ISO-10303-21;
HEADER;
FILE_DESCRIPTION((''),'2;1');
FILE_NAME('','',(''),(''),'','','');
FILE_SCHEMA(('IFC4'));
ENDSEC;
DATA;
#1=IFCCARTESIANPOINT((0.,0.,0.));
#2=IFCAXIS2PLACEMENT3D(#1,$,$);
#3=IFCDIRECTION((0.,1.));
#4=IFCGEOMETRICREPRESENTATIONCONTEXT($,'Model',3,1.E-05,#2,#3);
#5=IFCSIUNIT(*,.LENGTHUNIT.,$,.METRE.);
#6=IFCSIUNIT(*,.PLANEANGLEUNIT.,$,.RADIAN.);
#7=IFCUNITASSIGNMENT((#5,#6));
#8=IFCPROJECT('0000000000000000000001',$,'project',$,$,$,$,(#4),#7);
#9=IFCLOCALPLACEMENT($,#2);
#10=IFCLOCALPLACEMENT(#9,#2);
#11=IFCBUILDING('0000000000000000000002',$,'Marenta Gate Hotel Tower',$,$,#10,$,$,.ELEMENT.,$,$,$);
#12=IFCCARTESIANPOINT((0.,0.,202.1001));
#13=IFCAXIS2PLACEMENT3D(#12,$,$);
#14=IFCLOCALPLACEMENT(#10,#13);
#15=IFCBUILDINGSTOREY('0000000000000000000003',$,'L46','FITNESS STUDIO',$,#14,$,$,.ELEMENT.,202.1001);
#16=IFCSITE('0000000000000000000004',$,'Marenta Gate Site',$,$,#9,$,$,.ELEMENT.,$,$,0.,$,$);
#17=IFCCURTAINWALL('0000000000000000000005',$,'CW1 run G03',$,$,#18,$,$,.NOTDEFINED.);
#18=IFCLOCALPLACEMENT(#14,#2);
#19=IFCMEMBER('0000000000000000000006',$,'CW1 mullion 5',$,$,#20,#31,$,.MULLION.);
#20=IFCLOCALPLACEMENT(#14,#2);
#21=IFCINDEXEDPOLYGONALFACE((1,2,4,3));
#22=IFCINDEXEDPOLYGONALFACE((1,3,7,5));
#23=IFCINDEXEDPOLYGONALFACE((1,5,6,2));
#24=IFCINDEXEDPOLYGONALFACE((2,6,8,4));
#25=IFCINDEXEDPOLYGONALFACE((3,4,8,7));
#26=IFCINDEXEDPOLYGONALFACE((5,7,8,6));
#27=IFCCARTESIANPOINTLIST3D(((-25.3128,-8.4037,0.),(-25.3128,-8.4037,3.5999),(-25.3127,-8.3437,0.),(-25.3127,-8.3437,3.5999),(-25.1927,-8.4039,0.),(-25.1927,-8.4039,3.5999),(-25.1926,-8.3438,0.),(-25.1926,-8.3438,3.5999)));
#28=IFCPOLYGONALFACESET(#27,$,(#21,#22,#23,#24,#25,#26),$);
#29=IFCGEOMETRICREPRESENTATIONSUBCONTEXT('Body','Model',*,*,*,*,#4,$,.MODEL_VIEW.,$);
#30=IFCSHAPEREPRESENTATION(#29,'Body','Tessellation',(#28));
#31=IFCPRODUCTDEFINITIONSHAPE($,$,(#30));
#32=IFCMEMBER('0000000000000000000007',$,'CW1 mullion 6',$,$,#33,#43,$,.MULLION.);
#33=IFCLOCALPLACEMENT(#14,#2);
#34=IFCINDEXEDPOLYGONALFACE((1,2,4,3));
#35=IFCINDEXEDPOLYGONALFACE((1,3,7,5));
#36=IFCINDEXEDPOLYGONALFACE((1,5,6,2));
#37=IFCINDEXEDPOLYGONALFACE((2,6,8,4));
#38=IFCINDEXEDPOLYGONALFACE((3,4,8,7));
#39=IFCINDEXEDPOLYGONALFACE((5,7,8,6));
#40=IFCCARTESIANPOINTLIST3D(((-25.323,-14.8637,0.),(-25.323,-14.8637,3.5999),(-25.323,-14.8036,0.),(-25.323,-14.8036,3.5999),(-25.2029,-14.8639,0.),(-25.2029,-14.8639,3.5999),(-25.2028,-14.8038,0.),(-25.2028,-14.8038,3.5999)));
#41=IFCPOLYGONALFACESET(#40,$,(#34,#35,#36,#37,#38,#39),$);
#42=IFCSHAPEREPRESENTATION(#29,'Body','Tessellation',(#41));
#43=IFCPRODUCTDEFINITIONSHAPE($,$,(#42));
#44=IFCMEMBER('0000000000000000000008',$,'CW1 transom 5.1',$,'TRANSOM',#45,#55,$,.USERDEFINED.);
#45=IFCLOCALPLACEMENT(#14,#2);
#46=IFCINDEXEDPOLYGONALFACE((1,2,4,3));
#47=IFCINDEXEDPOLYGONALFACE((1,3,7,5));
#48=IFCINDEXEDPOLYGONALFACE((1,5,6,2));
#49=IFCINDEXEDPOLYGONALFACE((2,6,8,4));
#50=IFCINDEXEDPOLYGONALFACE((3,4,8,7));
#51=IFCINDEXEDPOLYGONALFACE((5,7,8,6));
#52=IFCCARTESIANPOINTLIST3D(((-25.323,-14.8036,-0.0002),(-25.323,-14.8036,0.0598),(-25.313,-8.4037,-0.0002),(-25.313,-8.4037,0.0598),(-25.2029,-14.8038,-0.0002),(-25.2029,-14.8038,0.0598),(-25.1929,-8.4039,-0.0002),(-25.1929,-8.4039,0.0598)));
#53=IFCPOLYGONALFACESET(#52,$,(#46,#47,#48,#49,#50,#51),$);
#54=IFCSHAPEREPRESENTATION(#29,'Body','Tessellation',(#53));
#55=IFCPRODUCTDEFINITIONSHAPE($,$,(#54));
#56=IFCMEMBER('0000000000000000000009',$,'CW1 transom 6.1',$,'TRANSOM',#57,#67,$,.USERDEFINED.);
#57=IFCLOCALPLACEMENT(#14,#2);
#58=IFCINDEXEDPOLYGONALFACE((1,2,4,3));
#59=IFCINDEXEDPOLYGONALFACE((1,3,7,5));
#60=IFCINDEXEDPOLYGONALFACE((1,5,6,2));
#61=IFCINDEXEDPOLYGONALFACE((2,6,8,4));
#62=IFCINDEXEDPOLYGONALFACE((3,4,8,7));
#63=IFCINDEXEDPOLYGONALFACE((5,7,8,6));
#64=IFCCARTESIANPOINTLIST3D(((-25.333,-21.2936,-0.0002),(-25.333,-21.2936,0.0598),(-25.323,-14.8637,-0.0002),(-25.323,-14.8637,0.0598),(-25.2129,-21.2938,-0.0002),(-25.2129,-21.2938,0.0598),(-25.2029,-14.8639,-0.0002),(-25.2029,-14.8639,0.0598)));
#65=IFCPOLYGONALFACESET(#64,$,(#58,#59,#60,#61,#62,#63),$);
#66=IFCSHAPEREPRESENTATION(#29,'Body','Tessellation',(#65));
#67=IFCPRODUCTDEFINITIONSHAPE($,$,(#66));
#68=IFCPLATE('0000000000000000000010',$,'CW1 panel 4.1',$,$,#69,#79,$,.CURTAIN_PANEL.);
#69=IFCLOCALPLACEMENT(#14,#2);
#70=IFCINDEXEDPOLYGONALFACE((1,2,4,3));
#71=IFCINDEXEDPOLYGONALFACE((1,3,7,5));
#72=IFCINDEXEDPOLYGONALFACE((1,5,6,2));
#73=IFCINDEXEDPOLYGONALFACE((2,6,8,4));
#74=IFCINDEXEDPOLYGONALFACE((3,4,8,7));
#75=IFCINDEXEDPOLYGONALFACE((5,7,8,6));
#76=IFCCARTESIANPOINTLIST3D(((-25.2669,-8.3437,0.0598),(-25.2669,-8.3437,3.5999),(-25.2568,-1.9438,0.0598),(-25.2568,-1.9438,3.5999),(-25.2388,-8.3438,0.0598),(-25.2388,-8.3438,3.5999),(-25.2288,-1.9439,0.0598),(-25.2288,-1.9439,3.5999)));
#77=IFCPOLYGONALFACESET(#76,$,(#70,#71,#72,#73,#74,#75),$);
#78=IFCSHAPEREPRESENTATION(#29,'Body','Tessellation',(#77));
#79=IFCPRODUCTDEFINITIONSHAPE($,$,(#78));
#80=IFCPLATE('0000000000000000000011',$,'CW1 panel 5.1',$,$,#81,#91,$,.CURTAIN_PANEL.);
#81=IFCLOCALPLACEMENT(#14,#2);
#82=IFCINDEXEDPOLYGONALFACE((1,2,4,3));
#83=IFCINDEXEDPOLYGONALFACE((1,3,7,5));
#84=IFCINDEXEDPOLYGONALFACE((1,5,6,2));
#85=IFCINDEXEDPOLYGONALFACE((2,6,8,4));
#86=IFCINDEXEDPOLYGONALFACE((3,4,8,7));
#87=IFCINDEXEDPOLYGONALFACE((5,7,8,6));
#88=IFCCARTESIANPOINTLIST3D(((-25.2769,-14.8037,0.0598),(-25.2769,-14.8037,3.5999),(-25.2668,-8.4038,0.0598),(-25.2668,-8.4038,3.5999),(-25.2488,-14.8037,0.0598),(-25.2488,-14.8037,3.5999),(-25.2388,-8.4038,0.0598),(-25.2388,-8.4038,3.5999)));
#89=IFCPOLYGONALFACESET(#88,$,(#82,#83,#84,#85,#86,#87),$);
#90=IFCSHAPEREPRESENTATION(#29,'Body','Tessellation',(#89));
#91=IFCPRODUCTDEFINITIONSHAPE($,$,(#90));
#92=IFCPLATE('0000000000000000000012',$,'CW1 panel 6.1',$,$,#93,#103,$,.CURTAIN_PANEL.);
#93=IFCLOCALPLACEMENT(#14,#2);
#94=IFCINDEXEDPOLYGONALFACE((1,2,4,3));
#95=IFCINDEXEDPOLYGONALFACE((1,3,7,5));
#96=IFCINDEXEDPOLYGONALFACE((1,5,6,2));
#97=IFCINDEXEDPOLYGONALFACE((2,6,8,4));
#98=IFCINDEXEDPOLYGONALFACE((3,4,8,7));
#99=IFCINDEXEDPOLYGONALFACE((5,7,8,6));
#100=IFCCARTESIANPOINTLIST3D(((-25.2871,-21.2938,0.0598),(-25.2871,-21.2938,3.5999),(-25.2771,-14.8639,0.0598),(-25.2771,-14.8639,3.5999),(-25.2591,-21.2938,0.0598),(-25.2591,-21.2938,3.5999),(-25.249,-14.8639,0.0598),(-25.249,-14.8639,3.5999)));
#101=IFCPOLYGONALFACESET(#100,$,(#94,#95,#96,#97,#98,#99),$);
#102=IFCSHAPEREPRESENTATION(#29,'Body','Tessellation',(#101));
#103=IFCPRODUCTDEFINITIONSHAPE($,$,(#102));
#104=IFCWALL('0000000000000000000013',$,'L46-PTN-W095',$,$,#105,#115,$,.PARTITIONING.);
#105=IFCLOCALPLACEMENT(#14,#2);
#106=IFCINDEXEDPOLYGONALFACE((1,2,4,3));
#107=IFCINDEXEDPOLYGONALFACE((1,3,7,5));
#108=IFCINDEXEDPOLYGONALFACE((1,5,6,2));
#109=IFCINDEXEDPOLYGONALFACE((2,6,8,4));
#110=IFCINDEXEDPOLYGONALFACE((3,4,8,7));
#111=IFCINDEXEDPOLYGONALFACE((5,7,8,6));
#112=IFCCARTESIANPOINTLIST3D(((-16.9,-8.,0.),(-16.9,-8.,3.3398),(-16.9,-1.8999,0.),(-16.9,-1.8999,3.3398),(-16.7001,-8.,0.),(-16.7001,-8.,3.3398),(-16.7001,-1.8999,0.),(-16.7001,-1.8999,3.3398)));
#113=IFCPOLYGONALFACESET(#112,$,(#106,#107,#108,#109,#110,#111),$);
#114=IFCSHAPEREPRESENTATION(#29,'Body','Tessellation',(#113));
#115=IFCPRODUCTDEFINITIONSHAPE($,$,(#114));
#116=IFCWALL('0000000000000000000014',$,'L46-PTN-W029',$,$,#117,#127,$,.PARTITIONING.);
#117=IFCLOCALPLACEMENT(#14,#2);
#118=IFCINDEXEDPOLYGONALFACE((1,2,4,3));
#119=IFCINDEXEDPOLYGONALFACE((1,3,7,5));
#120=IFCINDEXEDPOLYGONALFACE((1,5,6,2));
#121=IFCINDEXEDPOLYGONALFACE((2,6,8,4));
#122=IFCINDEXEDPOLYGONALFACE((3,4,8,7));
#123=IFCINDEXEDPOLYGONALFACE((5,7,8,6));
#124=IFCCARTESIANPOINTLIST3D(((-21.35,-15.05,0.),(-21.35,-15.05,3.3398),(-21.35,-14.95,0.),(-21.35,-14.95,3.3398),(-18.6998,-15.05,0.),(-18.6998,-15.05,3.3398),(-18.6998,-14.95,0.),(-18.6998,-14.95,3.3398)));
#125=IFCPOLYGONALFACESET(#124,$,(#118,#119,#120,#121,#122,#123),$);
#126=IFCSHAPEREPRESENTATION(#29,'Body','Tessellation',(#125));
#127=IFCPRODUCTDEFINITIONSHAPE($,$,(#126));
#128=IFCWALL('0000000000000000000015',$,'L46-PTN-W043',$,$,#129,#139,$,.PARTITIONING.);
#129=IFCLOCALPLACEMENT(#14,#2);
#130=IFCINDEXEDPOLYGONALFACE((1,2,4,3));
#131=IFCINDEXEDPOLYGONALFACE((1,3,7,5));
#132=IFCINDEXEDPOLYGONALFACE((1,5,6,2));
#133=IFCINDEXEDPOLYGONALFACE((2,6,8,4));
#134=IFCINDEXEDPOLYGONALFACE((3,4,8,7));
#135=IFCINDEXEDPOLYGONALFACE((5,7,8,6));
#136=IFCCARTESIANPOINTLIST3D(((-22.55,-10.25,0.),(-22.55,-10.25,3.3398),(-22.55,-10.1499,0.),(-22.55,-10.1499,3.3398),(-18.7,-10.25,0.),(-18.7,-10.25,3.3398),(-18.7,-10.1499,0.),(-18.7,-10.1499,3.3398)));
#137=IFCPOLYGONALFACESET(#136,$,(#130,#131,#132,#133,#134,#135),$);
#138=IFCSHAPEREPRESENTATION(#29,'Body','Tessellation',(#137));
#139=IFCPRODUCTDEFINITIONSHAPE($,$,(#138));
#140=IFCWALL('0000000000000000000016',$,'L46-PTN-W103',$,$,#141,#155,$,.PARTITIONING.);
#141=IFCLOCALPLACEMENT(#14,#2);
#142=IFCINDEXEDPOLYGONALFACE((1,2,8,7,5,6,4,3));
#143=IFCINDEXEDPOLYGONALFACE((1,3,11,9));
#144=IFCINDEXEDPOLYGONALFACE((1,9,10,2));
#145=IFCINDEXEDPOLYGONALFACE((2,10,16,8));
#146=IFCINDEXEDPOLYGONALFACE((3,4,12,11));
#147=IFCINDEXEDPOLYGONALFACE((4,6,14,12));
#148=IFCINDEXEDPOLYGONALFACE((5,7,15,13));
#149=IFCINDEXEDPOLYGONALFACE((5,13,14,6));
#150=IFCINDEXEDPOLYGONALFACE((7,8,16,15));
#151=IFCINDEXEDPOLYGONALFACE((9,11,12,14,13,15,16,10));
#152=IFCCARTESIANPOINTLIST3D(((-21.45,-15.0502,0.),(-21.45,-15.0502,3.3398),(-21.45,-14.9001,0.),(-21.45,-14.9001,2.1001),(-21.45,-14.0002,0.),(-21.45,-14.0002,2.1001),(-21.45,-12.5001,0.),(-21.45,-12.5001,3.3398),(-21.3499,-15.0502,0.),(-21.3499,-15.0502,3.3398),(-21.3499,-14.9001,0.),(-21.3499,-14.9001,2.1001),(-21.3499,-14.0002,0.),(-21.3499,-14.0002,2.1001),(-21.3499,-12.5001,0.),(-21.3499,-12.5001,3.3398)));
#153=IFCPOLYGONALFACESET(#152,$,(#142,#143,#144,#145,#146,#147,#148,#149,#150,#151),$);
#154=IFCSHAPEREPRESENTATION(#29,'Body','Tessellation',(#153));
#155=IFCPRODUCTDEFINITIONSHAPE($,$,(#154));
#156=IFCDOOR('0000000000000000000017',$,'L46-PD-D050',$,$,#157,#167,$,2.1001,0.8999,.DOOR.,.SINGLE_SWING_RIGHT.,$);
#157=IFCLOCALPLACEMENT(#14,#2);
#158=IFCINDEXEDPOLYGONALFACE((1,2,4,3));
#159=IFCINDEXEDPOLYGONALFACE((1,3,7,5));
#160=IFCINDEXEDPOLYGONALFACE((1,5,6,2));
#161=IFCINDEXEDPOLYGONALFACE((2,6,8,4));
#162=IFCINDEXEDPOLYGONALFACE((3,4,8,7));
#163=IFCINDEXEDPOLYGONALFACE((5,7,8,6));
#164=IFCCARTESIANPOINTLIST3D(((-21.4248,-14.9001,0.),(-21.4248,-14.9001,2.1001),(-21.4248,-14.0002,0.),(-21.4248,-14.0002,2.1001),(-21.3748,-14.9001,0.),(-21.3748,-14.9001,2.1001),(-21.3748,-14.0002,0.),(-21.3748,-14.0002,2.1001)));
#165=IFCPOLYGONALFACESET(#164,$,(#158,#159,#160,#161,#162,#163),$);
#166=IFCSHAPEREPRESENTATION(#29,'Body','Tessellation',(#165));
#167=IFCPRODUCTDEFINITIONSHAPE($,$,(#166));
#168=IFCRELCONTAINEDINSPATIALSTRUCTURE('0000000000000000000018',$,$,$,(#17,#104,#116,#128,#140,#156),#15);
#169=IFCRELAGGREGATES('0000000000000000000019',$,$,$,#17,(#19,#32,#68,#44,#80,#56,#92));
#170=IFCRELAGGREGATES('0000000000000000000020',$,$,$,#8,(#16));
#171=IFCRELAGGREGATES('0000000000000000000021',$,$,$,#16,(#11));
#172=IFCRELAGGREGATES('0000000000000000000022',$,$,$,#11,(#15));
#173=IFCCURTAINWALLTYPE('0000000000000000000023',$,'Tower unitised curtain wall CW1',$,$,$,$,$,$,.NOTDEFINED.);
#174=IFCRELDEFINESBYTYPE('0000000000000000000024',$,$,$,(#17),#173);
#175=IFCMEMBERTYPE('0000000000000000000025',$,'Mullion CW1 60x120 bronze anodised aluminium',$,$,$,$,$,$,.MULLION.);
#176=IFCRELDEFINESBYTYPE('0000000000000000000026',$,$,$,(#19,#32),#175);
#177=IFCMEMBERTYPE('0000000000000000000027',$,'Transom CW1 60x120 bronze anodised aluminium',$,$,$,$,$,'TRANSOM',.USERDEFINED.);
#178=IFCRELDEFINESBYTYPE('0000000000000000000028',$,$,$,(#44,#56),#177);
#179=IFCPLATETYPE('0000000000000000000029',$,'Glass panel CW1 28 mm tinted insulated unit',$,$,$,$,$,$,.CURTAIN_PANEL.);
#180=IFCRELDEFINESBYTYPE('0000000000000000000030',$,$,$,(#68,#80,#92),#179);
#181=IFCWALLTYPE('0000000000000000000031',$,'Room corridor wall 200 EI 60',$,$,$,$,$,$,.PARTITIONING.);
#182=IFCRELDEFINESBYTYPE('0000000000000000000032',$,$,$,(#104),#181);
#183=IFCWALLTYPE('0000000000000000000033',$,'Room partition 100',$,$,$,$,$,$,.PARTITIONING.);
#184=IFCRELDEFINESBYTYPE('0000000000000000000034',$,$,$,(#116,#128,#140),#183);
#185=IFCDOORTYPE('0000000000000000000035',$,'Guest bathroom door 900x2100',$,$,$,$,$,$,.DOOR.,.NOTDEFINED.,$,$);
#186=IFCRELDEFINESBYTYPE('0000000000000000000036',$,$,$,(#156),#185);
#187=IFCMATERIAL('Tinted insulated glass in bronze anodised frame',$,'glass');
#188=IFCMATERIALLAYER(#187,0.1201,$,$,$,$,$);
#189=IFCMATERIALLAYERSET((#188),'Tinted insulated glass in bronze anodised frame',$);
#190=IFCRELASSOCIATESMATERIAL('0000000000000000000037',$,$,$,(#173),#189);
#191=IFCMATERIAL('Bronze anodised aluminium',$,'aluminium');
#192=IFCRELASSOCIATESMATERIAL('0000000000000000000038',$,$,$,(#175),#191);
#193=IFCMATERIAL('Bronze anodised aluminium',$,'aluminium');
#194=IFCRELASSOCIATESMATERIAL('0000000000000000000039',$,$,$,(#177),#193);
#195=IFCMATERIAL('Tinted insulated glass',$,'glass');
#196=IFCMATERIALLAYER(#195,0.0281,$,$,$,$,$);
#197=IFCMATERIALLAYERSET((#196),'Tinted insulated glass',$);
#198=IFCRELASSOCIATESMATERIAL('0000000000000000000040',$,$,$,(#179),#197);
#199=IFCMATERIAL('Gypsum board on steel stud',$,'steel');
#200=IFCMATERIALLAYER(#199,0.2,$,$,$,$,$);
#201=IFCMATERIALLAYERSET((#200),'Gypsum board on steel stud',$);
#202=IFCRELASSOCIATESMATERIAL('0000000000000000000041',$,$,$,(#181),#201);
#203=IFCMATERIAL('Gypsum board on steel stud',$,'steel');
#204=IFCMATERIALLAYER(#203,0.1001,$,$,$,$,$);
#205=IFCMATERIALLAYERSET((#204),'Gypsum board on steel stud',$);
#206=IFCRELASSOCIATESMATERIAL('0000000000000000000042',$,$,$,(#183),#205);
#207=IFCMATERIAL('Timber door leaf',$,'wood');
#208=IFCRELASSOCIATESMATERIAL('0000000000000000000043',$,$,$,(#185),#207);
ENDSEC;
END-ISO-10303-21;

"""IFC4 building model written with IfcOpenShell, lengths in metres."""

from ifc_helpers import new_model, si_unit, direction, frame, frame_2d, origin, origin_2d, place, context, subcontext, project, spatial, rectangle, extrude, material, layer, layer_set, material_profile, profile_set, type_object, element, fill, aggregate, save


model = new_model("IFC4")

# Units and contexts
model_context = context("Model", 3, precision=1e-05, world=origin(), true_north=direction((0.0, 1.0)))
body_context = subcontext(model_context, "Body", "Model", "MODEL_VIEW")
ifc_project = project(units=[si_unit("LENGTHUNIT", "METRE"), si_unit("PLANEANGLEUNIT", "RADIAN")], contexts=[model_context])

# Site, building, storey
site_placement = place(None, origin())
site = spatial("IfcSite", under=ifc_project, at=site_placement, Name="Marenta Gate Site", CompositionType="ELEMENT", RefElevation=0.0)
building_placement = place(site_placement, origin())
building = spatial("IfcBuilding", under=site, at=building_placement, Name="Marenta Gate Hotel Tower", CompositionType="ELEMENT")
storey_placement = place(building_placement, frame((0.0, 0.0, 202.1001)))
storey = spatial("IfcBuildingStorey", under=building, at=storey_placement, Name="L46", Description="FITNESS STUDIO", CompositionType="ELEMENT", Elevation=202.1001)

# Curtain wall, members, plates
ifc_material_1 = material(Name="Tinted insulated glass in bronze anodised frame", Category="glass")
ifc_layer_1 = layer(ifc_material_1, 0.1201)
ifc_layer_set_1 = layer_set([ifc_layer_1], Name="Tinted insulated glass in bronze anodised frame")
curtain_wall_type = type_object("IfcCurtainWallType", Name="Tower unitised curtain wall CW1", PredefinedType="NOTDEFINED", material=ifc_layer_set_1)
curtain_wall_placement = place(storey_placement, origin())
curtain_wall = element("IfcCurtainWall", 1, at=curtain_wall_placement, inside=storey, type_object=curtain_wall_type, Name="CW1 run G03", PredefinedType="NOTDEFINED")
ifc_material_2 = material(Name="Bronze anodised aluminium", Category="aluminium")
ifc_material_profile_1 = material_profile(ifc_material_2, rectangle(XDim=0.1201, YDim=0.0601, at=origin_2d()), Name="Mullion CW1 60x120 bronze anodised aluminium")
ifc_profile_set_1 = profile_set([ifc_material_profile_1], Name="Bronze anodised aluminium")
member_type_1 = type_object("IfcMemberType", Name="Mullion CW1 60x120 bronze anodised aluminium", PredefinedType="MULLION", material=ifc_profile_set_1)
member_1_placement = place(storey_placement, frame((-25.2527, -8.3738, 0.0), z_axis=(0.0, 0.0, 1.0), x_axis=(0.999999, -0.001566, 0.0)))
member_1 = element("IfcMember", 2, at=member_1_placement, type_object=member_type_1, Name="CW1 mullion 5", PredefinedType="MULLION", context=body_context, shape_type="SweptSolid", body=[
    extrude(rectangle(XDim=0.1201, YDim=0.0601, at=origin_2d()), origin(), (0.0, 0.0, 1.0), 3.5999),
])
member_2_placement = place(storey_placement, frame((-25.2629, -14.8337, 0.0), z_axis=(0.0, 0.0, 1.0), x_axis=(0.999999, -0.001566, 0.0)))
member_2 = element("IfcMember", 3, at=member_2_placement, type_object=member_type_1, Name="CW1 mullion 6", PredefinedType="MULLION", context=body_context, shape_type="SweptSolid", body=[
    extrude(rectangle(XDim=0.1201, YDim=0.0601, at=origin_2d()), origin(), (0.0, 0.0, 1.0), 3.5999),
])
ifc_material_3 = material(Name="Bronze anodised aluminium", Category="aluminium")
ifc_material_profile_2 = material_profile(ifc_material_3, rectangle(XDim=0.1201, YDim=0.0601, at=origin_2d()), Name="Transom CW1 60x120 bronze anodised aluminium")
ifc_profile_set_2 = profile_set([ifc_material_profile_2], Name="Bronze anodised aluminium")
member_type_2 = type_object("IfcMemberType", Name="Transom CW1 60x120 bronze anodised aluminium", ElementType="TRANSOM", PredefinedType="USERDEFINED", material=ifc_profile_set_2)
member_3_placement = place(storey_placement, frame((-25.2529, -8.4038, 0.0298), z_axis=(-0.001564, -0.999999, 0.0), x_axis=(0.999999, -0.001564, 0.0)))
member_3 = element("IfcMember", 4, at=member_3_placement, type_object=member_type_2, Name="CW1 transom 5.1", ObjectType="TRANSOM", PredefinedType="USERDEFINED", context=body_context, shape_type="SweptSolid", body=[
    extrude(rectangle(XDim=0.1201, YDim=0.0601, at=origin_2d()), origin(), (0.0, 0.0, 1.0), 6.3999),
])
member_4_placement = place(storey_placement, frame((-25.2629, -14.8638, 0.0298), z_axis=(-0.001557, -0.999999, 0.0), x_axis=(0.999999, -0.001557, 0.0)))
member_4 = element("IfcMember", 5, at=member_4_placement, type_object=member_type_2, Name="CW1 transom 6.1", ObjectType="TRANSOM", PredefinedType="USERDEFINED", context=body_context, shape_type="SweptSolid", body=[
    extrude(rectangle(XDim=0.1201, YDim=0.0601, at=origin_2d()), origin(), (0.0, 0.0, 1.0), 6.4299),
])
ifc_material_4 = material(Name="Tinted insulated glass", Category="glass")
ifc_layer_2 = layer(ifc_material_4, 0.0281)
ifc_layer_set_2 = layer_set([ifc_layer_2], Name="Tinted insulated glass")
plate_type = type_object("IfcPlateType", Name="Glass panel CW1 28 mm tinted insulated unit", PredefinedType="CURTAIN_PANEL", material=ifc_layer_set_2)
plate_1_placement = place(storey_placement, frame((-25.2478, -5.1438, 0.0598), z_axis=(0.0, 0.0, 1.0), x_axis=(-0.001566, -0.999999, 0.0)))
plate_1 = element("IfcPlate", 6, at=plate_1_placement, type_object=plate_type, Name="CW1 panel 4.1", PredefinedType="CURTAIN_PANEL", context=body_context, shape_type="SweptSolid", body=[
    extrude(rectangle(XDim=6.3999, YDim=0.0281, at=origin_2d()), origin(), (0.0, 0.0, 1.0), 3.54),
])
plate_2_placement = place(storey_placement, frame((-25.2578, -11.6038, 0.0598), z_axis=(0.0, 0.0, 1.0), x_axis=(-0.001566, -0.999999, 0.0)))
plate_2 = element("IfcPlate", 7, at=plate_2_placement, type_object=plate_type, Name="CW1 panel 5.1", PredefinedType="CURTAIN_PANEL", context=body_context, shape_type="SweptSolid", body=[
    extrude(rectangle(XDim=6.3999, YDim=0.0281, at=origin_2d()), origin(), (0.0, 0.0, 1.0), 3.54),
])
plate_3_placement = place(storey_placement, frame((-25.2681, -18.0789, 0.0598), z_axis=(0.0, 0.0, 1.0), x_axis=(-0.001566, -0.999999, 0.0)))
plate_3 = element("IfcPlate", 8, at=plate_3_placement, type_object=plate_type, Name="CW1 panel 6.1", PredefinedType="CURTAIN_PANEL", context=body_context, shape_type="SweptSolid", body=[
    extrude(rectangle(XDim=6.4299, YDim=0.0281, at=origin_2d()), origin(), (0.0, 0.0, 1.0), 3.54),
])
aggregate(curtain_wall, [member_1, member_2, plate_1, member_3, plate_2, member_4, plate_3])

# Walls
ifc_material_5 = material(Name="Gypsum board on steel stud", Category="steel")
ifc_layer_3 = layer(ifc_material_5, 0.2)
ifc_layer_set_3 = layer_set([ifc_layer_3], Name="Gypsum board on steel stud")
wall_type_1 = type_object("IfcWallType", Name="Room corridor wall 200 EI 60", PredefinedType="PARTITIONING", material=ifc_layer_set_3)
wall_1_placement = place(storey_placement, frame((-16.8, -8.0, 0.0), z_axis=(0.0, 0.0, 1.0), x_axis=(0.0, 1.0, 0.0)))
element("IfcWall", 9, at=wall_1_placement, inside=storey, type_object=wall_type_1, Name="L46-PTN-W095", PredefinedType="PARTITIONING", context=body_context, shape_type="SweptSolid", body=[
    extrude(rectangle(XDim=6.1001, YDim=0.2, at=frame_2d((3.05, 0.0))), origin(), (0.0, 0.0, 1.0), 3.3398),
])
ifc_material_6 = material(Name="Gypsum board on steel stud", Category="steel")
ifc_layer_4 = layer(ifc_material_6, 0.1001)
ifc_layer_set_4 = layer_set([ifc_layer_4], Name="Gypsum board on steel stud")
wall_type_2 = type_object("IfcWallType", Name="Room partition 100", PredefinedType="PARTITIONING", material=ifc_layer_set_4)
wall_2_placement = place(storey_placement, frame((-21.3501, -15.0, 0.0), z_axis=(0.0, 0.0, 1.0), x_axis=(1.0, 0.0, 0.0)))
element("IfcWall", 10, at=wall_2_placement, inside=storey, type_object=wall_type_2, Name="L46-PTN-W029", PredefinedType="PARTITIONING", context=body_context, shape_type="SweptSolid", body=[
    extrude(rectangle(XDim=2.6501, YDim=0.1001, at=frame_2d((1.3252, 0.0))), origin(), (0.0, 0.0, 1.0), 3.3398),
])
wall_3_placement = place(storey_placement, frame((-22.55, -10.2, 0.0), z_axis=(0.0, 0.0, 1.0), x_axis=(1.0, 0.0, 0.0)))
element("IfcWall", 11, at=wall_3_placement, inside=storey, type_object=wall_type_2, Name="L46-PTN-W043", PredefinedType="PARTITIONING", context=body_context, shape_type="SweptSolid", body=[
    extrude(rectangle(XDim=3.8501, YDim=0.1001, at=frame_2d((1.925, 0.0))), origin(), (0.0, 0.0, 1.0), 3.3398),
])

# Wall, opening, door
wall_4_placement = place(storey_placement, frame((-21.3999, -15.05, 0.0), z_axis=(0.0, 0.0, 1.0), x_axis=(0.0, 1.0, 0.0)))
wall_4 = element("IfcWall", 12, at=wall_4_placement, inside=storey, type_object=wall_type_2, Name="L46-PTN-W103", PredefinedType="PARTITIONING", context=body_context, shape_type="SweptSolid", body=[
    extrude(rectangle(XDim=2.55, YDim=0.1001, at=frame_2d((1.2749, 0.0))), origin(), (0.0, 0.0, 1.0), 3.3398),
])
opening_1_placement = place(wall_4_placement, frame((0.1499, 0.0, 0.0)))
opening_1 = element("IfcOpeningElement", 13, at=opening_1_placement, cuts=wall_4, PredefinedType="OPENING", context=body_context, shape_type="SweptSolid", body=[
    extrude(rectangle(XDim=0.8999, YDim=2.1001, at=frame_2d((0.45, 1.05))), frame((0.0, 0.05, 0.0), z_axis=(0.0, -1.0, 0.0), x_axis=(1.0, 0.0, 0.0)), (0.0, 0.0, 1.0), 0.1001),
])
ifc_material_7 = material(Name="Timber door leaf", Category="wood")
door_type = type_object("IfcDoorType", Name="Guest bathroom door 900x2100", OperationType="NOTDEFINED", PredefinedType="DOOR", material=ifc_material_7)
door_1_placement = place(opening_1_placement, origin())
door_1 = element("IfcDoor", 14, at=door_1_placement, inside=storey, type_object=door_type, Name="L46-PD-D050", OperationType="SINGLE_SWING_RIGHT", OverallHeight=2.1001, OverallWidth=0.8999, PredefinedType="DOOR", context=body_context, shape_type="SweptSolid", body=[
    extrude(rectangle(XDim=0.8999, YDim=2.1001, at=frame_2d((0.45, 1.05))), frame((0.0, 0.0249, 0.0), z_axis=(0.0, -1.0, 0.0), x_axis=(1.0, 0.0, 0.0)), (0.0, 0.0, 1.0), 0.05),
])
fill(opening_1, door_1)

save(model, "model.ifc")
